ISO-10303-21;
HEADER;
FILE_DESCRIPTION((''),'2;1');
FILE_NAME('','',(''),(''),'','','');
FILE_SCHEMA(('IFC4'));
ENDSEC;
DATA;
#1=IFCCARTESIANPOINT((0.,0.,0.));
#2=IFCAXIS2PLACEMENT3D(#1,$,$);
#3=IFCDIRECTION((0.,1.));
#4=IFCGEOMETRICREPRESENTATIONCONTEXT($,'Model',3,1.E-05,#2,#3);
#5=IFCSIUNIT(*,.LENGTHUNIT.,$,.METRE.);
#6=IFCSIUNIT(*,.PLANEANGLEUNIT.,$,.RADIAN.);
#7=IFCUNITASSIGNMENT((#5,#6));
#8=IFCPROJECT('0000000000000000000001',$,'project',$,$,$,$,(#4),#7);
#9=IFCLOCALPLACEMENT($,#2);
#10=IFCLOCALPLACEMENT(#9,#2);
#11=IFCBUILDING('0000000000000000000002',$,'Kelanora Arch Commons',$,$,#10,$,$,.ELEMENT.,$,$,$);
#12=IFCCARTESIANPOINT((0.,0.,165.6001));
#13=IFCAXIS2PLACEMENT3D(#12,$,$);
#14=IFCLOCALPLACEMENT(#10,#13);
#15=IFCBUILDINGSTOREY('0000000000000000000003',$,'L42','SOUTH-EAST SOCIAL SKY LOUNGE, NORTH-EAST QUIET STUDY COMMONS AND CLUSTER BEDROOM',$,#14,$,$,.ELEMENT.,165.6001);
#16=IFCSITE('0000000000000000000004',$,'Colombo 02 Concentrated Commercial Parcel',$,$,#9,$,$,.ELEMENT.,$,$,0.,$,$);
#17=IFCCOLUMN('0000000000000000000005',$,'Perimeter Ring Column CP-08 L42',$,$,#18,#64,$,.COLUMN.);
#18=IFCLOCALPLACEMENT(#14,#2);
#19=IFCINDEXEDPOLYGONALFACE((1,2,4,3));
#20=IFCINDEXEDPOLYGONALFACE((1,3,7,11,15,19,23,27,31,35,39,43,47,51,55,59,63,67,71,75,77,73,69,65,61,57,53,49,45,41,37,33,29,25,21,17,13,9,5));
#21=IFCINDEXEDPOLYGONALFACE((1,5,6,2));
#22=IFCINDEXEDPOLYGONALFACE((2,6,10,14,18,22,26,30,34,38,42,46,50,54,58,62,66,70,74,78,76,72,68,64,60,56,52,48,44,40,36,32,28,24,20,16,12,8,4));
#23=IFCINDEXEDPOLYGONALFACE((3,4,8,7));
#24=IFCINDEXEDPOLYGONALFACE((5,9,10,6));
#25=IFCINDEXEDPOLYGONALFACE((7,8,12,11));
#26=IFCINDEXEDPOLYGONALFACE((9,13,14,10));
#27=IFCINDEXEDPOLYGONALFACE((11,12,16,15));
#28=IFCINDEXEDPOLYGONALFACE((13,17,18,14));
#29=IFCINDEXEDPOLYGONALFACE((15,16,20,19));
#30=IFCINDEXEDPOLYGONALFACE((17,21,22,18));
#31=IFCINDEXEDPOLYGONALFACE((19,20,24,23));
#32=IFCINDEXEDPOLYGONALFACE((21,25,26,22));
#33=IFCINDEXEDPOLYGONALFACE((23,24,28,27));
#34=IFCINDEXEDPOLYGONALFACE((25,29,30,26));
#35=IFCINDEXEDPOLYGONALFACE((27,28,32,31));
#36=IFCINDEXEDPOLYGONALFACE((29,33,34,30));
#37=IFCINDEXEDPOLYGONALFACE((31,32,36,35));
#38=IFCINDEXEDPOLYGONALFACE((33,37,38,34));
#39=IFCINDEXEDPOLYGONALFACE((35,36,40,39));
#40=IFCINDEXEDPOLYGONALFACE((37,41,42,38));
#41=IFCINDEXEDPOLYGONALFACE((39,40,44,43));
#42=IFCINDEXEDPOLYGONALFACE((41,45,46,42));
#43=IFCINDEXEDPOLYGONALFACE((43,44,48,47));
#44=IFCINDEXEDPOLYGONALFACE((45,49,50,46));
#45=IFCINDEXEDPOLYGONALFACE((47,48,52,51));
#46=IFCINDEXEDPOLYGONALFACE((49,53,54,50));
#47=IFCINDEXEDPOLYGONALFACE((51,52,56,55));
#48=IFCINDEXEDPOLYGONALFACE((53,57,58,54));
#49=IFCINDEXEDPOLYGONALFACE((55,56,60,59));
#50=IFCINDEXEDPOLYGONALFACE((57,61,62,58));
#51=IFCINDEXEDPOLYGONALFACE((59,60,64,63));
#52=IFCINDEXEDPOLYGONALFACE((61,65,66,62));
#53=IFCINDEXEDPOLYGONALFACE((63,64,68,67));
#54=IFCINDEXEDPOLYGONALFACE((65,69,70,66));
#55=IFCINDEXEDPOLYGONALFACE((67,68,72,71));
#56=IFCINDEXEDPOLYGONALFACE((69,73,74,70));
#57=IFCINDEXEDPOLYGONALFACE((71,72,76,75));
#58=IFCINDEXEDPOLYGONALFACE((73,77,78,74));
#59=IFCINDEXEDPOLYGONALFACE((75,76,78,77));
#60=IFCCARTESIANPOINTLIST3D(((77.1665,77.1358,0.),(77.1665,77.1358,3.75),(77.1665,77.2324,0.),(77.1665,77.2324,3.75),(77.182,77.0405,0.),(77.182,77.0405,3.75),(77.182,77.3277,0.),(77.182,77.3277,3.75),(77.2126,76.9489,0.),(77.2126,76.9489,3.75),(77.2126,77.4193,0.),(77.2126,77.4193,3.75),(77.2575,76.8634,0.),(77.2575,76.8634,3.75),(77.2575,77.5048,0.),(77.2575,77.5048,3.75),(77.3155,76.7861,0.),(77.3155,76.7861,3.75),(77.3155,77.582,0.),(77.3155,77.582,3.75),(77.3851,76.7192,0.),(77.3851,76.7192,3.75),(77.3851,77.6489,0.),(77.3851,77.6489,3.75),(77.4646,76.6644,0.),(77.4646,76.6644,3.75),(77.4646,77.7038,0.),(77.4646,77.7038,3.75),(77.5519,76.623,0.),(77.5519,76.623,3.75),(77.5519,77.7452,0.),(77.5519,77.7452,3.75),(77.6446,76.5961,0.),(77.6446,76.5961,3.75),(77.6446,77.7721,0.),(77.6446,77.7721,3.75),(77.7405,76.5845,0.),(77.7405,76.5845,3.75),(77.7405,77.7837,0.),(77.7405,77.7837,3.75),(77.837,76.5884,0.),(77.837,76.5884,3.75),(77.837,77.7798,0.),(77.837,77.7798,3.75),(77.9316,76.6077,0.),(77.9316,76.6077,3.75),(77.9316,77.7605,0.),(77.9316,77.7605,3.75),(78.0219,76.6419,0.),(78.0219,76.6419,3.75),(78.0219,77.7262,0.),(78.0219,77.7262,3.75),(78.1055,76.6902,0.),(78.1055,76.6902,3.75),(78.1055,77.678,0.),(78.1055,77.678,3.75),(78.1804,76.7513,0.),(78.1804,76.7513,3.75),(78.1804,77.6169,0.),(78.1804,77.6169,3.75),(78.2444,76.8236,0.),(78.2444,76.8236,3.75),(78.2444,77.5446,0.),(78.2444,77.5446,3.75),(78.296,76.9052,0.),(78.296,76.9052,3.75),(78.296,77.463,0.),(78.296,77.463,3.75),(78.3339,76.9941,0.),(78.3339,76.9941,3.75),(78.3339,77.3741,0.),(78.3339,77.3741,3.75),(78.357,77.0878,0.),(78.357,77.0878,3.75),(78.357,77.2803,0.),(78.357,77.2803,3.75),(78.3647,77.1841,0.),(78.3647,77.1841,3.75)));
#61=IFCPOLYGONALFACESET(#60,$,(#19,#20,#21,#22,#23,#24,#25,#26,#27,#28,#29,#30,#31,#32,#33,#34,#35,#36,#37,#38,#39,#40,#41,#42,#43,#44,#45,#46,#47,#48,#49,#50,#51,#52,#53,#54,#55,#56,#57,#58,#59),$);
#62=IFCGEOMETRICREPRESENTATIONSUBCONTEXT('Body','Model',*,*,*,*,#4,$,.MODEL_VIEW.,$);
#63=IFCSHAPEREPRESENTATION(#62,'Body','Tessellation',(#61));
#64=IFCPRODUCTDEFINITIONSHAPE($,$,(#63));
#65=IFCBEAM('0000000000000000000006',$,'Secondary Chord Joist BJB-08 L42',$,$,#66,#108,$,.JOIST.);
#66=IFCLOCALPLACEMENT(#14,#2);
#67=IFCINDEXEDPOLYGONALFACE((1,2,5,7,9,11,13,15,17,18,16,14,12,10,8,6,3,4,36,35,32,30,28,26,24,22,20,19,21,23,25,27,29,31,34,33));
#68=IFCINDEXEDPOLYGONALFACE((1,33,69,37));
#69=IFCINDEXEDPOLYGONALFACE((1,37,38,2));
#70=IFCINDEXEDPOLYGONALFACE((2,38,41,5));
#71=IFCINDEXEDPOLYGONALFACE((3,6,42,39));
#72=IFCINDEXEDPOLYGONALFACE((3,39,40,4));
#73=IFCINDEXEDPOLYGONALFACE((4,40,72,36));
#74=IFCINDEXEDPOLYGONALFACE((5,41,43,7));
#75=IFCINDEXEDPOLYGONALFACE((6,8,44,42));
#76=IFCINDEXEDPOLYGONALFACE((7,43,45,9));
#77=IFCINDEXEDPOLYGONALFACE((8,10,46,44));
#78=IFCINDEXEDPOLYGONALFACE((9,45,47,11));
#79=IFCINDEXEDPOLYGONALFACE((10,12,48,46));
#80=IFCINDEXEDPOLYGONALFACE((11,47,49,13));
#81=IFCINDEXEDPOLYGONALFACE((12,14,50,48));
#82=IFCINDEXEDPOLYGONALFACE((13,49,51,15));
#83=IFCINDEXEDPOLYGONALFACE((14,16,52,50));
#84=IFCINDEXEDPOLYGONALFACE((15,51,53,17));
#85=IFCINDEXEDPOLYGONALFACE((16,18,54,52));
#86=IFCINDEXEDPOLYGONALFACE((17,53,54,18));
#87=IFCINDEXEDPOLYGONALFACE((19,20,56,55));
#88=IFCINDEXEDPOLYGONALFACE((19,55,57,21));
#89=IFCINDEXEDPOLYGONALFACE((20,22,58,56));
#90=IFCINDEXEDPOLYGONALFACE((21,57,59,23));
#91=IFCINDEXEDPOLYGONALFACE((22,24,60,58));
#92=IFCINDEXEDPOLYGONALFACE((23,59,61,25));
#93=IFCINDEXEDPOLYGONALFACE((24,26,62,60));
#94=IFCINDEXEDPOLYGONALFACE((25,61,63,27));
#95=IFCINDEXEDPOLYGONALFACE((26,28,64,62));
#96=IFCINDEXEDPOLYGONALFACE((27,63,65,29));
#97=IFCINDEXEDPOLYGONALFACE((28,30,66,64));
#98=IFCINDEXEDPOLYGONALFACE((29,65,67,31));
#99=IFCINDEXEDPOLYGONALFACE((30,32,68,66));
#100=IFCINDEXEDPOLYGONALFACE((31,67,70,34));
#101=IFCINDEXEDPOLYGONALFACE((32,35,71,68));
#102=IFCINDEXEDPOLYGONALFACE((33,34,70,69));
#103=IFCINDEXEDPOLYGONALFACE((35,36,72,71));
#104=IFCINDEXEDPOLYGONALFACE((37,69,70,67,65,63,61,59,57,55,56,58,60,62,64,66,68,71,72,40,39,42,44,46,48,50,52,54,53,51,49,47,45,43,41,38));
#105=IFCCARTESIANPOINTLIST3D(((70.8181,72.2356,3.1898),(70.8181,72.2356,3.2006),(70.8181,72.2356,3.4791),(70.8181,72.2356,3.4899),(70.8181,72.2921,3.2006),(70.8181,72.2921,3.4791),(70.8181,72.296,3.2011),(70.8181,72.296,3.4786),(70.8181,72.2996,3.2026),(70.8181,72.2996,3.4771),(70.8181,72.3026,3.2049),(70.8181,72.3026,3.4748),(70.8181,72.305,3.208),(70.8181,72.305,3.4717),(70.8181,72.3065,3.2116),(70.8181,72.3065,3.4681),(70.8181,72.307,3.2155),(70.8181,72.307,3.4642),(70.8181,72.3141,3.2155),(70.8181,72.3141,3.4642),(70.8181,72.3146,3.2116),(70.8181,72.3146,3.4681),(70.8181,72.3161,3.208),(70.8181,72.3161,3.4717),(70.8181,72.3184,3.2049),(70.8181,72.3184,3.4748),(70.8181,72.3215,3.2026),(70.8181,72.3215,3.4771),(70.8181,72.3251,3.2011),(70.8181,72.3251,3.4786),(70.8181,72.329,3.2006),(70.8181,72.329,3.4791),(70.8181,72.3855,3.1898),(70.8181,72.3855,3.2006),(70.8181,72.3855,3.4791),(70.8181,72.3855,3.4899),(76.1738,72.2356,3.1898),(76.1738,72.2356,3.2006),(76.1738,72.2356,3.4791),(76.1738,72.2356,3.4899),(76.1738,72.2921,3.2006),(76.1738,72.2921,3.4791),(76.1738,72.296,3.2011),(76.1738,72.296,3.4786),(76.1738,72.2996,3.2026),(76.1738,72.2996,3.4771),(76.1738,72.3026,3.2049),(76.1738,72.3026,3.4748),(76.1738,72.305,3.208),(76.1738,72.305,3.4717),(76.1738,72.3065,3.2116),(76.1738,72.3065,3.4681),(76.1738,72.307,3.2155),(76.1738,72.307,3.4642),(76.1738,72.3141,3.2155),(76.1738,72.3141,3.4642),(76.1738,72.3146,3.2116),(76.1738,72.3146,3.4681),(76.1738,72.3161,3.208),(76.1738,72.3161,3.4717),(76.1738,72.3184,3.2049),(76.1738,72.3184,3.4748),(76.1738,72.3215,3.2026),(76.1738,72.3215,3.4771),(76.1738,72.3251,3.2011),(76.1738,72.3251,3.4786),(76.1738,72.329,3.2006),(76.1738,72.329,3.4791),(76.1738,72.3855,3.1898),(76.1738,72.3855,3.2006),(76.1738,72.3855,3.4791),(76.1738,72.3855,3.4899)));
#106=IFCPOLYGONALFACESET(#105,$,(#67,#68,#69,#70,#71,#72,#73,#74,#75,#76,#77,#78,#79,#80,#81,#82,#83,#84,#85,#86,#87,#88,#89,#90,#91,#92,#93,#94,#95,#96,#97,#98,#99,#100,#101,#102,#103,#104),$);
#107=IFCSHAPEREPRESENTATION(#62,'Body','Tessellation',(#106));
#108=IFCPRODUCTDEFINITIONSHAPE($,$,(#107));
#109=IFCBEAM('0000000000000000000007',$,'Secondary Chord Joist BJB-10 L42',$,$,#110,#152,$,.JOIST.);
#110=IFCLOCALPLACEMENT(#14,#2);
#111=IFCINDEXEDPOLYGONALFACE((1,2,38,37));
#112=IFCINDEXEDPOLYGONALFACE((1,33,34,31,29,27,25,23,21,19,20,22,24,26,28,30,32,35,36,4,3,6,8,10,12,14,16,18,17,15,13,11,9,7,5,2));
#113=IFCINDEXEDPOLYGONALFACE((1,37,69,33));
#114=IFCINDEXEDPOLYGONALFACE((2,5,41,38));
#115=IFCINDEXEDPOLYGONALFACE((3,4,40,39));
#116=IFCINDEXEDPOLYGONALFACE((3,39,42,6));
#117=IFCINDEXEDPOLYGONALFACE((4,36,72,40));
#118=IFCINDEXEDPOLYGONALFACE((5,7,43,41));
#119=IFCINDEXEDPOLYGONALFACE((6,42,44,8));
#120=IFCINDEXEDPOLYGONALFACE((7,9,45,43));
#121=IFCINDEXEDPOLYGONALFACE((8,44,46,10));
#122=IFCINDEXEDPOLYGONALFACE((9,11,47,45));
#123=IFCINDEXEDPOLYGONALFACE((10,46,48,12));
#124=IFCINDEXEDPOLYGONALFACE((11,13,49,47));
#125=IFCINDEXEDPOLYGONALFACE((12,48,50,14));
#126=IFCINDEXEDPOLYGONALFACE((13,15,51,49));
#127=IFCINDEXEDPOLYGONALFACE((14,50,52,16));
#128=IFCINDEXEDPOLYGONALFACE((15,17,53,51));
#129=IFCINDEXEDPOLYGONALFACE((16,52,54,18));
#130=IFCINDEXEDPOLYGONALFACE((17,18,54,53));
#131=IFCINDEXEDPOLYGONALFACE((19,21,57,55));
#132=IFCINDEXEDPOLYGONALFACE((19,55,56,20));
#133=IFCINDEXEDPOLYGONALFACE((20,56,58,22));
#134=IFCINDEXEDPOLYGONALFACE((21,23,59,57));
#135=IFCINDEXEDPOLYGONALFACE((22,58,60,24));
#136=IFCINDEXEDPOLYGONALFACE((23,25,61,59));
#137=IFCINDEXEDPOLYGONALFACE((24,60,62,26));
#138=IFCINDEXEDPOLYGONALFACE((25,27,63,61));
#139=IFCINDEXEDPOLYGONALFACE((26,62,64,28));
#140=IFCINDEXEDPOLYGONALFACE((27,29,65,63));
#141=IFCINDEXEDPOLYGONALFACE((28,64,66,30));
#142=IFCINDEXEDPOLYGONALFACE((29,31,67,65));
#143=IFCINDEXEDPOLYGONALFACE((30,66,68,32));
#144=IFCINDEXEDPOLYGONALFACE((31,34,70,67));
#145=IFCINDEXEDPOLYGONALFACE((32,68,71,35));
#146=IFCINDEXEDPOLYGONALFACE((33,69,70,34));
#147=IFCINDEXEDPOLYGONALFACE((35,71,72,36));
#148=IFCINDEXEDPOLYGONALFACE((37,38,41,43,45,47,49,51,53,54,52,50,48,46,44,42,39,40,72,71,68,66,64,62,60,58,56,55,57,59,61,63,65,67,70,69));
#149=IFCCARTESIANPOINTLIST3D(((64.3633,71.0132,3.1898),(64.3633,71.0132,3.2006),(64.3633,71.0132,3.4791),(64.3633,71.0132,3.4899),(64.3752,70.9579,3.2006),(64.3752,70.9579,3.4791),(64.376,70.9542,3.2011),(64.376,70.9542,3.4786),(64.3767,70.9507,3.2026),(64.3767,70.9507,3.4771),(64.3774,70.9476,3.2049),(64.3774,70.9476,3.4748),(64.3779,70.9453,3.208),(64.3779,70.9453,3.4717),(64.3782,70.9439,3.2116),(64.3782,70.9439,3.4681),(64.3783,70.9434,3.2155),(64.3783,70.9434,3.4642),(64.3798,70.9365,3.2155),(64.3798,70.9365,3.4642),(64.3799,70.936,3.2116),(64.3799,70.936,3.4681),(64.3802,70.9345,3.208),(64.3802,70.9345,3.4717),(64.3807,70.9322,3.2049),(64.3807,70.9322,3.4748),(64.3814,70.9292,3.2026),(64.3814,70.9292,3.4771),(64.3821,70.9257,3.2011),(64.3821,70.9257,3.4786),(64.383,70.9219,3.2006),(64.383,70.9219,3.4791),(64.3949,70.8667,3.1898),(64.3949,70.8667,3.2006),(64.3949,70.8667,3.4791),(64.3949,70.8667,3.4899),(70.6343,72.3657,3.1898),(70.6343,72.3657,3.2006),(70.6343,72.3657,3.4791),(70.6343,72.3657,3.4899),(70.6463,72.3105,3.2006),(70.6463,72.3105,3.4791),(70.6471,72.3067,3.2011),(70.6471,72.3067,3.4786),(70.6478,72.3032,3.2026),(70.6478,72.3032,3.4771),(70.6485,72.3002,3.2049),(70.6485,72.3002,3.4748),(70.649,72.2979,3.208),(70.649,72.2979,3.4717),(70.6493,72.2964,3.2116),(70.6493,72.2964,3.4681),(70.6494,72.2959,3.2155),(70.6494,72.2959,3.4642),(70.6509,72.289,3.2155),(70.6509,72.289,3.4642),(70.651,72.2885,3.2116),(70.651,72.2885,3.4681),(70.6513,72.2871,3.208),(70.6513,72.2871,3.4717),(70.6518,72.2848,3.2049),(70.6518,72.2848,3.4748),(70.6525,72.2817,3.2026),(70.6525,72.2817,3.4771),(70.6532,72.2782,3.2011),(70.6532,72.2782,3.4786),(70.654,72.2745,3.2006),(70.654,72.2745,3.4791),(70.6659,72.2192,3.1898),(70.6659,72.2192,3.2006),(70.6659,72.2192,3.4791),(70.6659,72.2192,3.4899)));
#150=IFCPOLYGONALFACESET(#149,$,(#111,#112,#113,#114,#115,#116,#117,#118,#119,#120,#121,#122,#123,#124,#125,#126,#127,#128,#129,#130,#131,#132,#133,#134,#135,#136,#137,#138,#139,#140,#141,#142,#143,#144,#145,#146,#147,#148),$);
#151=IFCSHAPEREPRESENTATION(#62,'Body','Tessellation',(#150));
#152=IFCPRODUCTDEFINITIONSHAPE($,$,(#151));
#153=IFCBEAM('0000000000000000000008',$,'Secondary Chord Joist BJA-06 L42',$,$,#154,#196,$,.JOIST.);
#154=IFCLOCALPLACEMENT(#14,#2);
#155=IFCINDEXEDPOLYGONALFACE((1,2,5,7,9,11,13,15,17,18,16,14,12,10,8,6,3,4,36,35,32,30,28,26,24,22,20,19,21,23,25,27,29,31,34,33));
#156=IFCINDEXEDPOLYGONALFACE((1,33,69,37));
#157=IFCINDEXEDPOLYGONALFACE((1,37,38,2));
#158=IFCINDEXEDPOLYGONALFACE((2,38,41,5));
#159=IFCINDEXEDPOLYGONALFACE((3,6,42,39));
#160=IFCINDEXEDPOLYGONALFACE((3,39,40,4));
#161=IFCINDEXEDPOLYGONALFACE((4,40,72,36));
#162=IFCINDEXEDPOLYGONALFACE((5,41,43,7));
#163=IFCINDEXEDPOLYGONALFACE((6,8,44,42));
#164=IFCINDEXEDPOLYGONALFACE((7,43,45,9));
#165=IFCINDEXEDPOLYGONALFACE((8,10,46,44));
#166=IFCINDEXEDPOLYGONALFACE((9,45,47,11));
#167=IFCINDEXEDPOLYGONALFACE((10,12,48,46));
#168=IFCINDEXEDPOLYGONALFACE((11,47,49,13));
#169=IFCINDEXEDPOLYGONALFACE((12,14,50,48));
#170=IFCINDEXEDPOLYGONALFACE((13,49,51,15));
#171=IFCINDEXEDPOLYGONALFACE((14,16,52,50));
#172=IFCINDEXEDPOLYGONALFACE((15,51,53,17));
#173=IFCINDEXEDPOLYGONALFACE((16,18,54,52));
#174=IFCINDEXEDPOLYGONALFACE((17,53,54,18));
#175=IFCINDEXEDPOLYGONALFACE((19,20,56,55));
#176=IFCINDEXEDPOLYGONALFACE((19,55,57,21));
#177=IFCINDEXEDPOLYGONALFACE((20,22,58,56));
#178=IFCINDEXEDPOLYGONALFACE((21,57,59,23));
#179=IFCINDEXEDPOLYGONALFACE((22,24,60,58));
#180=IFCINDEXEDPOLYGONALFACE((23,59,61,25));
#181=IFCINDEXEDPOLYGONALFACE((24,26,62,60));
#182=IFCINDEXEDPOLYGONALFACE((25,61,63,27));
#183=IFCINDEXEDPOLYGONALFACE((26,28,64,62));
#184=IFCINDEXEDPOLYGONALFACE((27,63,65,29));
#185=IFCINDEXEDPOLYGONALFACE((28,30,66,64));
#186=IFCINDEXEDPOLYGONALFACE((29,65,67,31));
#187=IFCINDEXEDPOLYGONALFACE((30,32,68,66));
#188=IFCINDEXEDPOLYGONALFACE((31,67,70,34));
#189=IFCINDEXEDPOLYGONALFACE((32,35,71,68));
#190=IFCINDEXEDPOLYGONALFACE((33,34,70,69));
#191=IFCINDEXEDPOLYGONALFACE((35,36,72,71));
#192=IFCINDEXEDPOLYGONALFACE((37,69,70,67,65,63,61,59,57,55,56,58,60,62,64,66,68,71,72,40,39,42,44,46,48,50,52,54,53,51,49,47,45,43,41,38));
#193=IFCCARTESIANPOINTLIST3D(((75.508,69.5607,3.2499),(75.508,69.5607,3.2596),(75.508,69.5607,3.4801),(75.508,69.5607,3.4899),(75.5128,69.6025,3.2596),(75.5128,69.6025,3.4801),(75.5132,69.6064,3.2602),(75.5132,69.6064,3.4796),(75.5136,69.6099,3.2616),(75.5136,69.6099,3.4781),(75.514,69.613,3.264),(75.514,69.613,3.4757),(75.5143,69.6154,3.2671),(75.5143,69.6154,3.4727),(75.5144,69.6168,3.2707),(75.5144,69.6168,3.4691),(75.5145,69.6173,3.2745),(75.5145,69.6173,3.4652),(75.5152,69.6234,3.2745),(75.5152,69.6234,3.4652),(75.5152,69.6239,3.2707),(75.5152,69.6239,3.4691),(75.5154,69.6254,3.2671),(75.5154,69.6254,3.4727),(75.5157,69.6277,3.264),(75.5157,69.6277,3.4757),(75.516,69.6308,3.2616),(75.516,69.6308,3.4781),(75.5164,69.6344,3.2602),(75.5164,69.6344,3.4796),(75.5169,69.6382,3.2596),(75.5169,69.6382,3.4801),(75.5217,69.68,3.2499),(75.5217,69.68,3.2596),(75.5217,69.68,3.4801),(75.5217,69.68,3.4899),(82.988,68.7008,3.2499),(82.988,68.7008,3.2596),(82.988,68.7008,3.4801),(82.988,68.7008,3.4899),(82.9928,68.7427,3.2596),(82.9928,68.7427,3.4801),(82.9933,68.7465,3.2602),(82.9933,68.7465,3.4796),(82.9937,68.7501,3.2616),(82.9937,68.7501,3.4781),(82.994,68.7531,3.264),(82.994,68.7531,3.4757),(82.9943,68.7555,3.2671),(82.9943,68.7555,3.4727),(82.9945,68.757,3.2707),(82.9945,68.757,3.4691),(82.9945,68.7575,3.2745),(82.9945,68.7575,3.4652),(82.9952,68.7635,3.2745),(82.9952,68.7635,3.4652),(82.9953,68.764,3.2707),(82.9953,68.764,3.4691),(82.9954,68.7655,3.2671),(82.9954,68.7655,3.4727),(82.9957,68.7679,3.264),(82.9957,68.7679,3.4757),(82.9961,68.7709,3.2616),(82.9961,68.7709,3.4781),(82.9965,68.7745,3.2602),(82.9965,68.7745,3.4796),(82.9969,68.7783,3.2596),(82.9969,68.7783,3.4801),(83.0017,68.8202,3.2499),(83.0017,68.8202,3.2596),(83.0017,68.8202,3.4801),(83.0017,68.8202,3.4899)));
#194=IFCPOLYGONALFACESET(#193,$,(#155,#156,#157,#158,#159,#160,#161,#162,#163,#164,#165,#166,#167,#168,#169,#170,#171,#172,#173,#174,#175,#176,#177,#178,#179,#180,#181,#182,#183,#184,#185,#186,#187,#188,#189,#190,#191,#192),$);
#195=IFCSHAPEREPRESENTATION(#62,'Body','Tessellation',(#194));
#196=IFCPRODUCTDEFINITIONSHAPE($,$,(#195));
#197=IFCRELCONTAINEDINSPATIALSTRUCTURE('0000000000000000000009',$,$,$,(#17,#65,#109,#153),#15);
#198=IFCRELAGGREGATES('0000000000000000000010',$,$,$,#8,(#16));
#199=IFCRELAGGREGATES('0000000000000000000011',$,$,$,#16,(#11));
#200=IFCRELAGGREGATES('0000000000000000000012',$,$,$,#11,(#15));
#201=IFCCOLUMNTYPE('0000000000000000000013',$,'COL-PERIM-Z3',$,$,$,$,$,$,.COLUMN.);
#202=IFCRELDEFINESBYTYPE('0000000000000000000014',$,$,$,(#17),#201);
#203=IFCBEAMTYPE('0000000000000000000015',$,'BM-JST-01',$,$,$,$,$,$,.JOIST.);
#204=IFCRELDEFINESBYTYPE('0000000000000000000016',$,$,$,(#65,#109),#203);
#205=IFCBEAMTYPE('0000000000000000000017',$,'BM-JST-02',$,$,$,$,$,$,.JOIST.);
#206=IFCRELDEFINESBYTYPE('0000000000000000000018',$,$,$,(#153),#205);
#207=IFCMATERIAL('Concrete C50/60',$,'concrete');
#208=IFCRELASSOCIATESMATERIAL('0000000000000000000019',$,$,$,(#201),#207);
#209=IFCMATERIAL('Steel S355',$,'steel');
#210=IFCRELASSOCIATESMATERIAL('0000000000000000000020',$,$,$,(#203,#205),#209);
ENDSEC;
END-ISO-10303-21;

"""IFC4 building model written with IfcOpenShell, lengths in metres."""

from ifc_helpers import new_model, si_unit, direction, frame, origin, origin_2d, place, context, subcontext, project, spatial, circle, i_section, extrude, material, material_profile, profile_set, type_object, element, save


model = new_model("IFC4")

# Units and contexts
model_context = context("Model", 3, precision=1e-05, world=origin(), true_north=direction((0.0, 1.0)))
body_context = subcontext(model_context, "Body", "Model", "MODEL_VIEW")
ifc_project = project(units=[si_unit("LENGTHUNIT", "METRE"), si_unit("PLANEANGLEUNIT", "RADIAN")], contexts=[model_context])

# Site, building, storey
site_placement = place(None, origin())
site = spatial("IfcSite", under=ifc_project, at=site_placement, Name="Colombo 02 Concentrated Commercial Parcel", CompositionType="ELEMENT", RefElevation=0.0)
building_placement = place(site_placement, origin())
building = spatial("IfcBuilding", under=site, at=building_placement, Name="Kelanora Arch Commons", CompositionType="ELEMENT")
storey_placement = place(building_placement, frame((0.0, 0.0, 165.6001)))
storey = spatial("IfcBuildingStorey", under=building, at=storey_placement, Name="L42", Description="SOUTH-EAST SOCIAL SKY LOUNGE, NORTH-EAST QUIET STUDY COMMONS AND CLUSTER BEDROOM", CompositionType="ELEMENT", Elevation=165.6001)

# Column
ifc_material_1 = material(Name="Concrete C50/60", Category="concrete")
ifc_material_profile_1 = material_profile(ifc_material_1, circle(Radius=0.6001, at=origin_2d()), Name="RCC1200")
ifc_profile_set_1 = profile_set([ifc_material_profile_1], Name="Concrete C50/60")
column_type = type_object("IfcColumnType", Name="COL-PERIM-Z3", PredefinedType="COLUMN", material=ifc_profile_set_1)
column_placement = place(storey_placement, frame((77.7646, 77.1841, 0.0), z_axis=(0.0, 0.0, 1.0), x_axis=(1.0, 0.0, 0.0)))
element("IfcColumn", 1, at=column_placement, inside=storey, type_object=column_type, Name="Perimeter Ring Column CP-08 L42", PredefinedType="COLUMN", context=body_context, shape_type="SweptSolid", body=[
    extrude(circle(Radius=0.6001, at=origin_2d()), origin(), (0.0, 0.0, 1.0), 3.75),
])

# Beams
ifc_material_2 = material(Name="Steel S355", Category="steel")
ifc_material_profile_2 = material_profile(ifc_material_2, i_section(OverallWidth=0.1499, OverallDepth=0.3, WebThickness=0.0071, FlangeThickness=0.0107, FilletRadius=0.0149, at=origin_2d()), Name="IPE300")
ifc_profile_set_2 = profile_set([ifc_material_profile_2], Name="Steel S355")
beam_type_1 = type_object("IfcBeamType", Name="BM-JST-01", PredefinedType="JOIST", material=ifc_profile_set_2)
beam_1_placement = place(storey_placement, frame((76.1738, 72.3105, 3.3398), z_axis=(-1.0, 0.0, 0.0), x_axis=(0.0, -1.0, 0.0)))
element("IfcBeam", 2, at=beam_1_placement, inside=storey, type_object=beam_type_1, Name="Secondary Chord Joist BJB-08 L42", PredefinedType="JOIST", context=body_context, shape_type="SweptSolid", body=[
    extrude(i_section(OverallWidth=0.1499, OverallDepth=0.3, WebThickness=0.0071, FlangeThickness=0.0107, FilletRadius=0.0149, at=origin_2d()), origin(), (0.0, 0.0, 1.0), 5.3557),
])
beam_2_placement = place(storey_placement, frame((70.6501, 72.2925, 3.3398), z_axis=(-0.977522, -0.210834, 0.0), x_axis=(0.210834, -0.977522, 0.0)))
element("IfcBeam", 3, at=beam_2_placement, inside=storey, type_object=beam_type_1, Name="Secondary Chord Joist BJB-10 L42", PredefinedType="JOIST", context=body_context, shape_type="SweptSolid", body=[
    extrude(i_section(OverallWidth=0.1499, OverallDepth=0.3, WebThickness=0.0071, FlangeThickness=0.0107, FilletRadius=0.0149, at=origin_2d()), origin(), (0.0, 0.0, 1.0), 6.4153),
])
ifc_material_profile_3 = material_profile(ifc_material_2, i_section(OverallWidth=0.1201, OverallDepth=0.24, WebThickness=0.0061, FlangeThickness=0.0098, FilletRadius=0.0149, at=origin_2d()), Name="IPE240")
ifc_profile_set_3 = profile_set([ifc_material_profile_3], Name="Steel S355")
beam_type_2 = type_object("IfcBeamType", Name="BM-JST-02", PredefinedType="JOIST", material=ifc_profile_set_3)
beam_3_placement = place(storey_placement, frame((82.9949, 68.7605, 3.3699), z_axis=(-0.993457, 0.114203, 0.0), x_axis=(-0.114203, -0.993457, 0.0)))
element("IfcBeam", 4, at=beam_3_placement, inside=storey, type_object=beam_type_2, Name="Secondary Chord Joist BJA-06 L42", PredefinedType="JOIST", context=body_context, shape_type="SweptSolid", body=[
    extrude(i_section(OverallWidth=0.1201, OverallDepth=0.24, WebThickness=0.0061, FlangeThickness=0.0098, FilletRadius=0.0149, at=origin_2d()), origin(), (0.0, 0.0, 1.0), 7.5293),
])

save(model, "model.ifc")
